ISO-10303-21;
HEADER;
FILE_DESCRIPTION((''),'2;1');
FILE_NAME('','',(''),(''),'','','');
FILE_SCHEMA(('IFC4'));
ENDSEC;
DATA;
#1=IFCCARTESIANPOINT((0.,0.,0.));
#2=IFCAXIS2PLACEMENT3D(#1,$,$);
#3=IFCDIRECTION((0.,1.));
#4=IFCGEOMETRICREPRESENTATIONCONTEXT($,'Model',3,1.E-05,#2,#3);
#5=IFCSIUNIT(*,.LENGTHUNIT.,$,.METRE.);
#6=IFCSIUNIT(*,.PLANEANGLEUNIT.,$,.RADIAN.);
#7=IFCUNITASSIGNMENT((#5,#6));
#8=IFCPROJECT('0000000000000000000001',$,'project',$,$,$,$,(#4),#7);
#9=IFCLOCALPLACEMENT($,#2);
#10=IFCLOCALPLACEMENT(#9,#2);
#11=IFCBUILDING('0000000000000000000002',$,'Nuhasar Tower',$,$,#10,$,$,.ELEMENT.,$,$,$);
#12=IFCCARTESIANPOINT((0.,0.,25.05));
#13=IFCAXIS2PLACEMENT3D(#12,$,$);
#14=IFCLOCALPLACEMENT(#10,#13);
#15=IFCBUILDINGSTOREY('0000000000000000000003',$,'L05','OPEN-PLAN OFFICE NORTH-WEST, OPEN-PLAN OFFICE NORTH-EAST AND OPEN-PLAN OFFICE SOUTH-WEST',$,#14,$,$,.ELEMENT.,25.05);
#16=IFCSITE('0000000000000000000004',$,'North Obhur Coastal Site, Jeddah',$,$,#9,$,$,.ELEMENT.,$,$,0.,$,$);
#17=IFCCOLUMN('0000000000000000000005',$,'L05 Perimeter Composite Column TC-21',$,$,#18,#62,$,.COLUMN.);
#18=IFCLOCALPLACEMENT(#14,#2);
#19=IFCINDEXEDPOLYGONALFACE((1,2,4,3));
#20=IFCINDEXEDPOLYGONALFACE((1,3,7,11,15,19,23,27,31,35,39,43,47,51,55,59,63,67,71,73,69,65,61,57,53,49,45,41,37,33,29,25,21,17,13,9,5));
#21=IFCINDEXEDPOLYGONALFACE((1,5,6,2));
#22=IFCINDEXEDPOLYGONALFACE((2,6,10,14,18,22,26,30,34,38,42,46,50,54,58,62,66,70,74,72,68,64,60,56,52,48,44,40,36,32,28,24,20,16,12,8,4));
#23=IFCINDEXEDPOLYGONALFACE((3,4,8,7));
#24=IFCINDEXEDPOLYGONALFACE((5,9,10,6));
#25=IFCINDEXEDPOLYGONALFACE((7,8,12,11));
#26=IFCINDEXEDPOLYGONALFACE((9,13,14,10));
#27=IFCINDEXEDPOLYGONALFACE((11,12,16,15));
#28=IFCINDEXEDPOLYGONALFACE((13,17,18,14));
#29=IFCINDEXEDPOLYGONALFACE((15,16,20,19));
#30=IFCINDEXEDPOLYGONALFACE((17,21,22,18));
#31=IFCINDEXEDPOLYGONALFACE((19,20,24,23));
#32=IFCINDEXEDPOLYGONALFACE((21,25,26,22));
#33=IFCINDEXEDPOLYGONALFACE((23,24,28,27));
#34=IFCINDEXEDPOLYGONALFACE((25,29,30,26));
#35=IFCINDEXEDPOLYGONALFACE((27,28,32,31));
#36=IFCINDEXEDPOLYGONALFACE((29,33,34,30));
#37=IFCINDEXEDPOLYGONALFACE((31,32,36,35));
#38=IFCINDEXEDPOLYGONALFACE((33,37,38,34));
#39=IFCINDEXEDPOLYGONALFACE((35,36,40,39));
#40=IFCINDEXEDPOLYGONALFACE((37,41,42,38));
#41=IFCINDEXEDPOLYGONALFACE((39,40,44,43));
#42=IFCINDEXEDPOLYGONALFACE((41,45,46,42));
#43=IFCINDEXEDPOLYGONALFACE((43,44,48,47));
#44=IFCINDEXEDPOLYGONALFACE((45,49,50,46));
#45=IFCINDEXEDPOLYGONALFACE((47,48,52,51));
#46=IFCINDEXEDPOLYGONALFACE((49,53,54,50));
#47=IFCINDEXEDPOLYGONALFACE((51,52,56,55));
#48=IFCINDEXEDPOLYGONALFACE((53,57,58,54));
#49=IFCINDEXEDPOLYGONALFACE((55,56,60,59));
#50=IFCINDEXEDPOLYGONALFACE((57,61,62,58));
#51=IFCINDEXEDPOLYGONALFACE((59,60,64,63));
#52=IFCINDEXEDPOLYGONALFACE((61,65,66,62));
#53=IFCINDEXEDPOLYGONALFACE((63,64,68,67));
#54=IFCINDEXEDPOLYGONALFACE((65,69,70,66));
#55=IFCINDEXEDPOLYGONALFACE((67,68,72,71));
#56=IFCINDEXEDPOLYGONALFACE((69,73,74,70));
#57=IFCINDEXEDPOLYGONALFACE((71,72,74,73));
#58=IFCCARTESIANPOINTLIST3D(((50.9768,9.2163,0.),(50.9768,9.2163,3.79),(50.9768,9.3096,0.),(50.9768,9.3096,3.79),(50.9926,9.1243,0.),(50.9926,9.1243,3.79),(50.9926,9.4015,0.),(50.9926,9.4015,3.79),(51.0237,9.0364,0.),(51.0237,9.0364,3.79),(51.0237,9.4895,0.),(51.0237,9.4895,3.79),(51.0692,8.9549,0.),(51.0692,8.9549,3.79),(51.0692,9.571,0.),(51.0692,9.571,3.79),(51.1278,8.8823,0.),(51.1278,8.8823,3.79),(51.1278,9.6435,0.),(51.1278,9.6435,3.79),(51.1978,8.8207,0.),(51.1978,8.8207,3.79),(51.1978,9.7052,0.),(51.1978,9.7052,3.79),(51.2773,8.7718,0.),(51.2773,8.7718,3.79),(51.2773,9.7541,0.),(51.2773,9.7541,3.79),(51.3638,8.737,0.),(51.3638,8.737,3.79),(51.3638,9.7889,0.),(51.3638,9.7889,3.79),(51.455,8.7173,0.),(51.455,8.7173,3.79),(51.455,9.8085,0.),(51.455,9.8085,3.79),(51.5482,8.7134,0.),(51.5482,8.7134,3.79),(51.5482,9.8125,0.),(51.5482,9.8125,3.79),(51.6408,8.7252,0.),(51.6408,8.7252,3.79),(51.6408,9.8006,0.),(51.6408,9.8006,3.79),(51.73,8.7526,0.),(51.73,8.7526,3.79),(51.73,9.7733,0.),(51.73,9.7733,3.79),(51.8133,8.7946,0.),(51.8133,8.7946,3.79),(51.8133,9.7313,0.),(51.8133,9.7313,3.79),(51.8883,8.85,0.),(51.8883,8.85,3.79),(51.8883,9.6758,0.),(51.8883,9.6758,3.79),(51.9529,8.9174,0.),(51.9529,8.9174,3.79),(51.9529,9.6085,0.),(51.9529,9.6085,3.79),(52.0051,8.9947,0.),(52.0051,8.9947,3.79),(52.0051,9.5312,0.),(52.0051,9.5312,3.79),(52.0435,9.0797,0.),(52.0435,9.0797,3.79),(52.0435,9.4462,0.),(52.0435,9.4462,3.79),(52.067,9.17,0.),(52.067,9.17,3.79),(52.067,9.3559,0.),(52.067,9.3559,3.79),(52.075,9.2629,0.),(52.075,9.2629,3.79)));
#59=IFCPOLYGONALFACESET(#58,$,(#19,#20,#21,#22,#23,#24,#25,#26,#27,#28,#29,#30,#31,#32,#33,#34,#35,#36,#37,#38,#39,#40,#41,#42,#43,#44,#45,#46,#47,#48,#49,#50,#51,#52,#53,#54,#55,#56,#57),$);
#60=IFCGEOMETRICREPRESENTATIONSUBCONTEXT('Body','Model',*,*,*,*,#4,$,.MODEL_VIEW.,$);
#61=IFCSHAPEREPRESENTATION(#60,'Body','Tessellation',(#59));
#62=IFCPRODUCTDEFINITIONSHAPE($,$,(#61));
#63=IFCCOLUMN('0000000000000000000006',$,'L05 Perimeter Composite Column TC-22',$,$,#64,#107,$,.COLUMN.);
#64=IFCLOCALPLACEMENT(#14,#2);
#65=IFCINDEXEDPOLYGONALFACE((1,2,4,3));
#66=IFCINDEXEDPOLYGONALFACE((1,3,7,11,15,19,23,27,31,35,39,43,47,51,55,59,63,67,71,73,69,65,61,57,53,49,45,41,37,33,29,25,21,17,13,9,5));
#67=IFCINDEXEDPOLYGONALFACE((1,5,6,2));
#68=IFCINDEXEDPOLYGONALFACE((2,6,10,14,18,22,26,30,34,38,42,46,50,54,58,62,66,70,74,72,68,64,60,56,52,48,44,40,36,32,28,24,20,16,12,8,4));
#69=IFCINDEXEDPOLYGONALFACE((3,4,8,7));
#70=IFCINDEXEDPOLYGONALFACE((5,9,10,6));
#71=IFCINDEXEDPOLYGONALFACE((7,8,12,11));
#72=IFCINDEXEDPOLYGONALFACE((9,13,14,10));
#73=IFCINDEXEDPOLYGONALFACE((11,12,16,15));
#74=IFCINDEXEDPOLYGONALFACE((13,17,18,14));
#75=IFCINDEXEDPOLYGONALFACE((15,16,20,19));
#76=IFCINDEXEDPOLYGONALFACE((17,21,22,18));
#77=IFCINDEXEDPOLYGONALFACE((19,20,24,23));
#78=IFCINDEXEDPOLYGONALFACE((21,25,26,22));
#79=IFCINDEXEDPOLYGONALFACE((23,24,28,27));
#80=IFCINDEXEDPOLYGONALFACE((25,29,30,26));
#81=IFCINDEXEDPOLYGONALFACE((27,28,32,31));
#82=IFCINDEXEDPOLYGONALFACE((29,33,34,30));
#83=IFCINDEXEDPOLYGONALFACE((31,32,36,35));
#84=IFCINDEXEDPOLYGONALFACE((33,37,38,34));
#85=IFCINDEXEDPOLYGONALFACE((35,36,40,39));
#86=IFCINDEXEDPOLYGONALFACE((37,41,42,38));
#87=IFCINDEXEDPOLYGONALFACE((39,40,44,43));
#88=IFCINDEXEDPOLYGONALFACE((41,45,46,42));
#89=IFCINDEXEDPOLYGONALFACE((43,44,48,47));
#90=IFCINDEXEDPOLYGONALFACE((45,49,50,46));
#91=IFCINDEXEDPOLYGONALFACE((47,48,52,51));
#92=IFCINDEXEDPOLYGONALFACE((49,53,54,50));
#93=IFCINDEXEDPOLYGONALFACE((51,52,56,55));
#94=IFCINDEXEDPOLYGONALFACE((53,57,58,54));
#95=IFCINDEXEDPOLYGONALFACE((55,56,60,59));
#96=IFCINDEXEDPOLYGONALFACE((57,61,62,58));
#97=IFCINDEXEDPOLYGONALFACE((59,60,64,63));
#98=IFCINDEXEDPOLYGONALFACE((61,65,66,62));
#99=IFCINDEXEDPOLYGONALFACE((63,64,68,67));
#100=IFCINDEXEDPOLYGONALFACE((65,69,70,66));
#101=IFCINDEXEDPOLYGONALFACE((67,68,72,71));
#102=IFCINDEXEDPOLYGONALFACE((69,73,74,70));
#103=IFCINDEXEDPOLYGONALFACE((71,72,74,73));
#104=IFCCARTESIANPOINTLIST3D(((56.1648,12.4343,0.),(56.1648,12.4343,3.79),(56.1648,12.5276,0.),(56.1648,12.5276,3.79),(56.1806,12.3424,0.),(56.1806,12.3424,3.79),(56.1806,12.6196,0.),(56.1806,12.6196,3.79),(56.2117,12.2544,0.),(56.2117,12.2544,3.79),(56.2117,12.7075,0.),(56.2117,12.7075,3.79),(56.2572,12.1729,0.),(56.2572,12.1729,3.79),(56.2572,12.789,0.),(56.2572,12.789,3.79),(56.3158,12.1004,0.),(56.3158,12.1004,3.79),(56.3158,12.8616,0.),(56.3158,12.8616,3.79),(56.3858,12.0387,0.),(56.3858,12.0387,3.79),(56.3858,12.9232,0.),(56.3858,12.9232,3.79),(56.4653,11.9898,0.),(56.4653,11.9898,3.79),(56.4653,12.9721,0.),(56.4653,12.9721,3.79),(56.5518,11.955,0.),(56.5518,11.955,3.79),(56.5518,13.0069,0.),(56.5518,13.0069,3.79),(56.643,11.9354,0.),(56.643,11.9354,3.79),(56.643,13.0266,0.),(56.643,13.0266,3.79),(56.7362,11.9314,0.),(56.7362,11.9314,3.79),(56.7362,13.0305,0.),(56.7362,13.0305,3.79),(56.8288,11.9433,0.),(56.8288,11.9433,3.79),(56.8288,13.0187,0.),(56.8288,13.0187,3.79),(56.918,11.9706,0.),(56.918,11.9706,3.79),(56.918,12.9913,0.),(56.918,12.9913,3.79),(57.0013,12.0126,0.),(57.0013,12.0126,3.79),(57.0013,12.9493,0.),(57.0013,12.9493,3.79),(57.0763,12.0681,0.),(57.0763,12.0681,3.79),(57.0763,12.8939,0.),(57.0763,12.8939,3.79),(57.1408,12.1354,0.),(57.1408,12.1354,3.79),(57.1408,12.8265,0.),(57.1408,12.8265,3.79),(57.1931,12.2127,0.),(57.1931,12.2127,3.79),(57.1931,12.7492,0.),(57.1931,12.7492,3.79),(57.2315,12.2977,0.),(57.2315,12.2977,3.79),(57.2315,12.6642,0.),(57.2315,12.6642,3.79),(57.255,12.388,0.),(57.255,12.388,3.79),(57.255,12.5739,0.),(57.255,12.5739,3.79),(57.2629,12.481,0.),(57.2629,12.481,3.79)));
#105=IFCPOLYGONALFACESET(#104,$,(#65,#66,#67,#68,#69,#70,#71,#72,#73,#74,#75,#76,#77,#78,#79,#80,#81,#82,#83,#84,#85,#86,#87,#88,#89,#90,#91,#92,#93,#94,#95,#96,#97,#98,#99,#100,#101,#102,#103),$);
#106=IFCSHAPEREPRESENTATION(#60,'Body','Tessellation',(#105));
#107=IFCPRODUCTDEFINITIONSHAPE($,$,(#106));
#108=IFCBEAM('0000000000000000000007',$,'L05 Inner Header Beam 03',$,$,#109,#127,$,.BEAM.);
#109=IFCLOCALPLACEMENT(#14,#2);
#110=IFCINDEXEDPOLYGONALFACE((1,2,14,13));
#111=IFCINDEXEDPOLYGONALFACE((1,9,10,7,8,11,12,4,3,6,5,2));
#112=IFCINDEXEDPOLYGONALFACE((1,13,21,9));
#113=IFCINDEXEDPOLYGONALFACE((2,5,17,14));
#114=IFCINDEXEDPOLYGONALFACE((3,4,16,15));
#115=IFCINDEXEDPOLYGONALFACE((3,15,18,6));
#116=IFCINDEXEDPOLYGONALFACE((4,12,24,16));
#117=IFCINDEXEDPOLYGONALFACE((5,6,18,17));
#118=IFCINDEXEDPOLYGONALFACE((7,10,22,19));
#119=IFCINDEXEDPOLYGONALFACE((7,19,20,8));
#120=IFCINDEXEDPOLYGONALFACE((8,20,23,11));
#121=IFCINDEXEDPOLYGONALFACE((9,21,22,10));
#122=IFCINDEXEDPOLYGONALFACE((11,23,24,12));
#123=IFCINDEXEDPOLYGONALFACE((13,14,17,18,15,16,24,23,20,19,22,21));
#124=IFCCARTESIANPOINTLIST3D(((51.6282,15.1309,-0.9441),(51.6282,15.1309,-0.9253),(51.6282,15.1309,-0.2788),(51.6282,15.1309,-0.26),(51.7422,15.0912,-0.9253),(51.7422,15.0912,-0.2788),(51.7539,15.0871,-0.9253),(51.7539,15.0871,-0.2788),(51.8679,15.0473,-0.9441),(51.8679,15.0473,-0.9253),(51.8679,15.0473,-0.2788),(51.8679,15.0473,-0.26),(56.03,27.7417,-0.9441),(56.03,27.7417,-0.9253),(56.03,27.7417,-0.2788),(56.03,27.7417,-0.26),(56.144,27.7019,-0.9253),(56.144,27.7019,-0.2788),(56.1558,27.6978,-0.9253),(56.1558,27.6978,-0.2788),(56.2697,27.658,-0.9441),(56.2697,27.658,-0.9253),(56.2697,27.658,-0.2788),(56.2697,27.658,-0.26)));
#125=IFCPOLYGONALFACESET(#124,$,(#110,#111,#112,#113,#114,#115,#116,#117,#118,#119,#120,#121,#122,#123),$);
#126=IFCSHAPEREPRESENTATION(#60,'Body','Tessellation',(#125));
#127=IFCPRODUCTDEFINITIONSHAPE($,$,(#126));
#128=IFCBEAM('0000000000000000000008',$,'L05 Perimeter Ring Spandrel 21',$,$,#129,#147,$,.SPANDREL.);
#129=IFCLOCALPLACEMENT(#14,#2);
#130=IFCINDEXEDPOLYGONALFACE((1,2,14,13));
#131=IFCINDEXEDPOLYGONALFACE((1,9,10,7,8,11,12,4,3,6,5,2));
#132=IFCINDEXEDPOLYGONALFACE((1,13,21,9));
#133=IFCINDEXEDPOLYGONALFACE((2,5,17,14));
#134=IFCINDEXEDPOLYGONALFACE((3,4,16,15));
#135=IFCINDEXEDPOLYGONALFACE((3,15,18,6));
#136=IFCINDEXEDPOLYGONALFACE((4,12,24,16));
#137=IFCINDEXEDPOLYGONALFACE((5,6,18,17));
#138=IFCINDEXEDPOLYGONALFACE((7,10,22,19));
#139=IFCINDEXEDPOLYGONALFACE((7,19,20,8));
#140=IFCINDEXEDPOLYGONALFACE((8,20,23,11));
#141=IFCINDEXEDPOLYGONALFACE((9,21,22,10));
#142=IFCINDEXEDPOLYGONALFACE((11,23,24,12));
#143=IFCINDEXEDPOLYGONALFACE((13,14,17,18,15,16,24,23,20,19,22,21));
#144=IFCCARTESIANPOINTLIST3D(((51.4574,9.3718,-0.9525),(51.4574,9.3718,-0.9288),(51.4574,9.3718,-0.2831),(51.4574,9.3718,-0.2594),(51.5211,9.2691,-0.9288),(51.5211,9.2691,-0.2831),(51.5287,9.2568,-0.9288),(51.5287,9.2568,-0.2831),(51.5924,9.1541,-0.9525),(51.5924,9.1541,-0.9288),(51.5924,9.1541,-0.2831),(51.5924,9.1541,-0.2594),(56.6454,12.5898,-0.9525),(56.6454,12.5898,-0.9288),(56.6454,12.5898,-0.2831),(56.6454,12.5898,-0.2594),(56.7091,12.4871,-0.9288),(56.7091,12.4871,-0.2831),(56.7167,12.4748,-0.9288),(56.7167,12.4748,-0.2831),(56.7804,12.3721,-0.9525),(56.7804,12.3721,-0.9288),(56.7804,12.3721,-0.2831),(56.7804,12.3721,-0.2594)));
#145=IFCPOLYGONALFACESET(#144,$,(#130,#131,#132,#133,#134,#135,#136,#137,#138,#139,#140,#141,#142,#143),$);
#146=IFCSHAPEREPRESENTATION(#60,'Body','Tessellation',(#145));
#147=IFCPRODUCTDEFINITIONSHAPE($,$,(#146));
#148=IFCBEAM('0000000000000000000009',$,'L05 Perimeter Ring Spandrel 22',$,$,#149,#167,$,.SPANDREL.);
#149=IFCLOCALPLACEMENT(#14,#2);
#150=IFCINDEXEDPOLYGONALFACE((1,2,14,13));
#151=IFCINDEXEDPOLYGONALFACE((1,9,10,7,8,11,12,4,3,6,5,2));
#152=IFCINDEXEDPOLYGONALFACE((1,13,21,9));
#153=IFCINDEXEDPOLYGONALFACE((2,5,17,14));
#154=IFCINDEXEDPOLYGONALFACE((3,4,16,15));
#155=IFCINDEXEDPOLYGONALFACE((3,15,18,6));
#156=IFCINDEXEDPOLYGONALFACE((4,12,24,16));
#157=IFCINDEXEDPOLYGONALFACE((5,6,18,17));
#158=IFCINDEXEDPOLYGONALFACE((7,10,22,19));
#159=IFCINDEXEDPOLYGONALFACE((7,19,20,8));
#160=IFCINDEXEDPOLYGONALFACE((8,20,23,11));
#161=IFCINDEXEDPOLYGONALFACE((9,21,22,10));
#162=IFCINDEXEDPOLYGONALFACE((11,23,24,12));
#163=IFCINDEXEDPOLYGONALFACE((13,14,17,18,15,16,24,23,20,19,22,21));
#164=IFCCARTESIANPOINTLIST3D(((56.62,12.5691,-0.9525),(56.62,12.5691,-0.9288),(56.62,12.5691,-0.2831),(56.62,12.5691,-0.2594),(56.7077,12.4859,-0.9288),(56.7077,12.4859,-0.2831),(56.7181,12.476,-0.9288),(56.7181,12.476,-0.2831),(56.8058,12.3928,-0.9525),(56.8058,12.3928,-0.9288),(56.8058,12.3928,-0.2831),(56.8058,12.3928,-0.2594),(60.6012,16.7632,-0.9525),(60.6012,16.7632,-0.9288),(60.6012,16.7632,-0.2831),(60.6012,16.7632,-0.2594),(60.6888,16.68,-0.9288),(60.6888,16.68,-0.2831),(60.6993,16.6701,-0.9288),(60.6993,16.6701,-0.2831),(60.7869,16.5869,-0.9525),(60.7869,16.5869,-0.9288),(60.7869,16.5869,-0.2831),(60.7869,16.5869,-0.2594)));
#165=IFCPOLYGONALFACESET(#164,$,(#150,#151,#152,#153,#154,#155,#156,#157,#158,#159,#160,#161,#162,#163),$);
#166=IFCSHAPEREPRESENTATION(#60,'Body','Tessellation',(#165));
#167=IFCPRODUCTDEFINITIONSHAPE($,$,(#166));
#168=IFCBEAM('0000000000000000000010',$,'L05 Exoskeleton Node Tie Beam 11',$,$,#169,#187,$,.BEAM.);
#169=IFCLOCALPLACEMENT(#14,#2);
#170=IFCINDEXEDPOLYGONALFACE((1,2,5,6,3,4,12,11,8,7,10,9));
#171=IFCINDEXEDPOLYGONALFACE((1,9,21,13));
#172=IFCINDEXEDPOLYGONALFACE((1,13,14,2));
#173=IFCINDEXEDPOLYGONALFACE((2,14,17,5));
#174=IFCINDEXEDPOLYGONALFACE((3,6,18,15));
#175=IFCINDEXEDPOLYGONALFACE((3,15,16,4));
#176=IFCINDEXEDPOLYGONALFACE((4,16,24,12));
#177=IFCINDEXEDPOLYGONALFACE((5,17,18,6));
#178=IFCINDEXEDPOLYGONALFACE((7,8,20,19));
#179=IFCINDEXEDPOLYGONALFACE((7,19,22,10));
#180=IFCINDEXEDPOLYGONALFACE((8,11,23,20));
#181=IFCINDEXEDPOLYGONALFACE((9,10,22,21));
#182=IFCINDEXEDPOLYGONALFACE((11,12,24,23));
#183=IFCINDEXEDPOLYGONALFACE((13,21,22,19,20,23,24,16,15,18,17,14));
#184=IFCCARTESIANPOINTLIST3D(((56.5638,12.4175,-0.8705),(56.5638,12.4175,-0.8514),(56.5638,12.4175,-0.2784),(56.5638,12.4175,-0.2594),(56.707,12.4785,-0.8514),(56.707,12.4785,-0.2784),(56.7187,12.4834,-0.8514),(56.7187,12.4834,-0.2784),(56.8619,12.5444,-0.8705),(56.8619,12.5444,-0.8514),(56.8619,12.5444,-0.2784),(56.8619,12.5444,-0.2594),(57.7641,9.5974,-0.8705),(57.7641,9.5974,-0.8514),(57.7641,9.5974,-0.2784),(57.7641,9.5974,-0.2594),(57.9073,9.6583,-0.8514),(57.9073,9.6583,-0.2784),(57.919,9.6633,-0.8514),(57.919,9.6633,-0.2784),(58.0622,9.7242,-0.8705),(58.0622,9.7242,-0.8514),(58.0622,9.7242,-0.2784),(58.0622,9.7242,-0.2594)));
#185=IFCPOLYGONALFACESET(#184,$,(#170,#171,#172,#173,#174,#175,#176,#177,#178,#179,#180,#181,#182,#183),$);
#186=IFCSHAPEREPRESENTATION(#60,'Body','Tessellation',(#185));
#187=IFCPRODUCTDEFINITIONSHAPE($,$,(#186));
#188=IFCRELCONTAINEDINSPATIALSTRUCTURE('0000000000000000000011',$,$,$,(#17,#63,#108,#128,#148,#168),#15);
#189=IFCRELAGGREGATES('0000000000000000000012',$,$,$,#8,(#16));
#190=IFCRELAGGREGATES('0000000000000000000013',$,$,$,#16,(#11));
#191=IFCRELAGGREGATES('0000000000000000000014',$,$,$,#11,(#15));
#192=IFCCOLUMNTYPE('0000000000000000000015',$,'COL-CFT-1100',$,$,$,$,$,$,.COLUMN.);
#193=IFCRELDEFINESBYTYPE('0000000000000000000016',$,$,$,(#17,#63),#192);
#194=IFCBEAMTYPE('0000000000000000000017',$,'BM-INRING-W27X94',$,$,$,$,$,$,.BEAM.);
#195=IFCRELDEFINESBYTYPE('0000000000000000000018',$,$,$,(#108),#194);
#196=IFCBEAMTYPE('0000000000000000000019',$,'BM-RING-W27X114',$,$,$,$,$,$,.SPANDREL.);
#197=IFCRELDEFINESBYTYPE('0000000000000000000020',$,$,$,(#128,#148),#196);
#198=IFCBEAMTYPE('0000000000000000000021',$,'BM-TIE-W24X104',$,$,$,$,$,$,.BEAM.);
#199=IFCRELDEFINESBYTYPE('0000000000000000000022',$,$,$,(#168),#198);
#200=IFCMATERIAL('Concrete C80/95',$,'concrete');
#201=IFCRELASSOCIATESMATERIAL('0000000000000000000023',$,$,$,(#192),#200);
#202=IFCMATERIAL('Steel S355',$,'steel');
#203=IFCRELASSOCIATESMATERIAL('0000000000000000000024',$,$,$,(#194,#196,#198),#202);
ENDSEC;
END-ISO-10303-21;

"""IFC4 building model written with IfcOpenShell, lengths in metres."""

from ifc_helpers import new_model, si_unit, direction, frame, origin, origin_2d, place, context, subcontext, project, spatial, circle, i_section, extrude, material, material_profile, profile_set, type_object, element, save


model = new_model("IFC4")

# Units and contexts
model_context = context("Model", 3, precision=1e-05, world=origin(), true_north=direction((0.0, 1.0)))
body_context = subcontext(model_context, "Body", "Model", "MODEL_VIEW")
ifc_project = project(units=[si_unit("LENGTHUNIT", "METRE"), si_unit("PLANEANGLEUNIT", "RADIAN")], contexts=[model_context])

# Site, building, storey
site_placement = place(None, origin())
site = spatial("IfcSite", under=ifc_project, at=site_placement, Name="North Obhur Coastal Site, Jeddah", CompositionType="ELEMENT", RefElevation=0.0)
building_placement = place(site_placement, origin())
building = spatial("IfcBuilding", under=site, at=building_placement, Name="Nuhasar Tower", CompositionType="ELEMENT")
storey_placement = place(building_placement, frame((0.0, 0.0, 25.05)))
storey = spatial("IfcBuildingStorey", under=building, at=storey_placement, Name="L05", Description="OPEN-PLAN OFFICE NORTH-WEST, OPEN-PLAN OFFICE NORTH-EAST AND OPEN-PLAN OFFICE SOUTH-WEST", CompositionType="ELEMENT", Elevation=25.05)

# Columns
ifc_material_1 = material(Name="Concrete C80/95", Category="concrete")
ifc_material_profile_1 = material_profile(ifc_material_1, circle(Radius=0.55, at=origin_2d()), Name="CFT1100")
ifc_profile_set_1 = profile_set([ifc_material_profile_1], Name="Concrete C80/95")
column_type = type_object("IfcColumnType", Name="COL-CFT-1100", PredefinedType="COLUMN", material=ifc_profile_set_1)
for number, where, z_axis, x_axis, name in (
    (1, (51.5249, 9.2629, 0.0), (0.0, 0.0, 1.0), (1.0, 0.0, 0.0), "L05 Perimeter Composite Column TC-21"),
    (2, (56.7129, 12.481, 0.0), (0.0, 0.0, 1.0), (1.0, 0.0, 0.0), "L05 Perimeter Composite Column TC-22"),
):
    element("IfcColumn", number, at=place(storey_placement, frame(where, z_axis=z_axis, x_axis=x_axis)), inside=storey, type_object=column_type, Name=name, PredefinedType="COLUMN", context=body_context, shape_type="SweptSolid", body=[
        extrude(circle(Radius=0.55, at=origin_2d()), origin(), (0.0, 0.0, 1.0), 3.79),
    ])

# Beams
ifc_material_2 = material(Name="Steel S355", Category="steel")
ifc_material_profile_2 = material_profile(ifc_material_2, i_section(OverallWidth=0.2539, OverallDepth=0.6841, WebThickness=0.0125, FlangeThickness=0.0188, at=origin_2d()), Name="W27X94")
ifc_profile_set_2 = profile_set([ifc_material_profile_2], Name="Steel S355")
beam_type_1 = type_object("IfcBeamType", Name="BM-INRING-W27X94", PredefinedType="BEAM", material=ifc_profile_set_2)
beam_1_placement = place(storey_placement, frame((51.748, 15.0891, -0.6021), z_axis=(0.329554, 0.944137, 0.0), x_axis=(-0.944137, 0.329554, 0.0)))
element("IfcBeam", 3, at=beam_1_placement, inside=storey, type_object=beam_type_1, Name="L05 Inner Header Beam 03", PredefinedType="BEAM", context=body_context, shape_type="SweptSolid", body=[
    extrude(i_section(OverallWidth=0.2539, OverallDepth=0.6841, WebThickness=0.0125, FlangeThickness=0.0188, at=origin_2d()), origin(), (0.0, 0.0, 1.0), 13.3569),
])
ifc_material_profile_3 = material_profile(ifc_material_2, i_section(OverallWidth=0.2561, OverallDepth=0.6931, WebThickness=0.0144, FlangeThickness=0.0237, at=origin_2d()), Name="W27X114")
ifc_profile_set_3 = profile_set([ifc_material_profile_3], Name="Steel S355")
beam_type_2 = type_object("IfcBeamType", Name="BM-RING-W27X114", PredefinedType="SPANDREL", material=ifc_profile_set_3)
beam_2_placement = place(storey_placement, frame((51.5249, 9.2629, -0.606), z_axis=(0.849795, 0.527113, 0.0), x_axis=(-0.527113, 0.849795, 0.0)))
element("IfcBeam", 4, at=beam_2_placement, inside=storey, type_object=beam_type_2, Name="L05 Perimeter Ring Spandrel 21", PredefinedType="SPANDREL", context=body_context, shape_type="SweptSolid", body=[
    extrude(i_section(OverallWidth=0.2561, OverallDepth=0.6931, WebThickness=0.0144, FlangeThickness=0.0237, at=origin_2d()), origin(), (0.0, 0.0, 1.0), 6.105),
])
beam_3_placement = place(storey_placement, frame((56.7129, 12.481, -0.606), z_axis=(0.68846, 0.725274, 0.0), x_axis=(-0.725274, 0.68846, 0.0)))
element("IfcBeam", 5, at=beam_3_placement, inside=storey, type_object=beam_type_2, Name="L05 Perimeter Ring Spandrel 22", PredefinedType="SPANDREL", context=body_context, shape_type="SweptSolid", body=[
    extrude(i_section(OverallWidth=0.2561, OverallDepth=0.6931, WebThickness=0.0144, FlangeThickness=0.0237, at=origin_2d()), origin(), (0.0, 0.0, 1.0), 5.7827),
])
ifc_material_profile_4 = material_profile(ifc_material_2, i_section(OverallWidth=0.324, OverallDepth=0.6111, WebThickness=0.0127, FlangeThickness=0.019, at=origin_2d()), Name="W24X104")
ifc_profile_set_4 = profile_set([ifc_material_profile_4], Name="Steel S355")
beam_type_3 = type_object("IfcBeamType", Name="BM-TIE-W24X104", PredefinedType="BEAM", material=ifc_profile_set_4)
beam_4_placement = place(storey_placement, frame((56.7129, 12.481, -0.5649), z_axis=(0.391601, -0.920135, 0.0), x_axis=(0.920135, 0.391601, 0.0)))
element("IfcBeam", 6, at=beam_4_placement, inside=storey, type_object=beam_type_3, Name="L05 Exoskeleton Node Tie Beam 11", PredefinedType="BEAM", context=body_context, shape_type="SweptSolid", body=[
    extrude(i_section(OverallWidth=0.324, OverallDepth=0.6111, WebThickness=0.0127, FlangeThickness=0.019, at=origin_2d()), origin(), (0.0, 0.0, 1.0), 3.0649),
])

save(model, "model.ifc")
